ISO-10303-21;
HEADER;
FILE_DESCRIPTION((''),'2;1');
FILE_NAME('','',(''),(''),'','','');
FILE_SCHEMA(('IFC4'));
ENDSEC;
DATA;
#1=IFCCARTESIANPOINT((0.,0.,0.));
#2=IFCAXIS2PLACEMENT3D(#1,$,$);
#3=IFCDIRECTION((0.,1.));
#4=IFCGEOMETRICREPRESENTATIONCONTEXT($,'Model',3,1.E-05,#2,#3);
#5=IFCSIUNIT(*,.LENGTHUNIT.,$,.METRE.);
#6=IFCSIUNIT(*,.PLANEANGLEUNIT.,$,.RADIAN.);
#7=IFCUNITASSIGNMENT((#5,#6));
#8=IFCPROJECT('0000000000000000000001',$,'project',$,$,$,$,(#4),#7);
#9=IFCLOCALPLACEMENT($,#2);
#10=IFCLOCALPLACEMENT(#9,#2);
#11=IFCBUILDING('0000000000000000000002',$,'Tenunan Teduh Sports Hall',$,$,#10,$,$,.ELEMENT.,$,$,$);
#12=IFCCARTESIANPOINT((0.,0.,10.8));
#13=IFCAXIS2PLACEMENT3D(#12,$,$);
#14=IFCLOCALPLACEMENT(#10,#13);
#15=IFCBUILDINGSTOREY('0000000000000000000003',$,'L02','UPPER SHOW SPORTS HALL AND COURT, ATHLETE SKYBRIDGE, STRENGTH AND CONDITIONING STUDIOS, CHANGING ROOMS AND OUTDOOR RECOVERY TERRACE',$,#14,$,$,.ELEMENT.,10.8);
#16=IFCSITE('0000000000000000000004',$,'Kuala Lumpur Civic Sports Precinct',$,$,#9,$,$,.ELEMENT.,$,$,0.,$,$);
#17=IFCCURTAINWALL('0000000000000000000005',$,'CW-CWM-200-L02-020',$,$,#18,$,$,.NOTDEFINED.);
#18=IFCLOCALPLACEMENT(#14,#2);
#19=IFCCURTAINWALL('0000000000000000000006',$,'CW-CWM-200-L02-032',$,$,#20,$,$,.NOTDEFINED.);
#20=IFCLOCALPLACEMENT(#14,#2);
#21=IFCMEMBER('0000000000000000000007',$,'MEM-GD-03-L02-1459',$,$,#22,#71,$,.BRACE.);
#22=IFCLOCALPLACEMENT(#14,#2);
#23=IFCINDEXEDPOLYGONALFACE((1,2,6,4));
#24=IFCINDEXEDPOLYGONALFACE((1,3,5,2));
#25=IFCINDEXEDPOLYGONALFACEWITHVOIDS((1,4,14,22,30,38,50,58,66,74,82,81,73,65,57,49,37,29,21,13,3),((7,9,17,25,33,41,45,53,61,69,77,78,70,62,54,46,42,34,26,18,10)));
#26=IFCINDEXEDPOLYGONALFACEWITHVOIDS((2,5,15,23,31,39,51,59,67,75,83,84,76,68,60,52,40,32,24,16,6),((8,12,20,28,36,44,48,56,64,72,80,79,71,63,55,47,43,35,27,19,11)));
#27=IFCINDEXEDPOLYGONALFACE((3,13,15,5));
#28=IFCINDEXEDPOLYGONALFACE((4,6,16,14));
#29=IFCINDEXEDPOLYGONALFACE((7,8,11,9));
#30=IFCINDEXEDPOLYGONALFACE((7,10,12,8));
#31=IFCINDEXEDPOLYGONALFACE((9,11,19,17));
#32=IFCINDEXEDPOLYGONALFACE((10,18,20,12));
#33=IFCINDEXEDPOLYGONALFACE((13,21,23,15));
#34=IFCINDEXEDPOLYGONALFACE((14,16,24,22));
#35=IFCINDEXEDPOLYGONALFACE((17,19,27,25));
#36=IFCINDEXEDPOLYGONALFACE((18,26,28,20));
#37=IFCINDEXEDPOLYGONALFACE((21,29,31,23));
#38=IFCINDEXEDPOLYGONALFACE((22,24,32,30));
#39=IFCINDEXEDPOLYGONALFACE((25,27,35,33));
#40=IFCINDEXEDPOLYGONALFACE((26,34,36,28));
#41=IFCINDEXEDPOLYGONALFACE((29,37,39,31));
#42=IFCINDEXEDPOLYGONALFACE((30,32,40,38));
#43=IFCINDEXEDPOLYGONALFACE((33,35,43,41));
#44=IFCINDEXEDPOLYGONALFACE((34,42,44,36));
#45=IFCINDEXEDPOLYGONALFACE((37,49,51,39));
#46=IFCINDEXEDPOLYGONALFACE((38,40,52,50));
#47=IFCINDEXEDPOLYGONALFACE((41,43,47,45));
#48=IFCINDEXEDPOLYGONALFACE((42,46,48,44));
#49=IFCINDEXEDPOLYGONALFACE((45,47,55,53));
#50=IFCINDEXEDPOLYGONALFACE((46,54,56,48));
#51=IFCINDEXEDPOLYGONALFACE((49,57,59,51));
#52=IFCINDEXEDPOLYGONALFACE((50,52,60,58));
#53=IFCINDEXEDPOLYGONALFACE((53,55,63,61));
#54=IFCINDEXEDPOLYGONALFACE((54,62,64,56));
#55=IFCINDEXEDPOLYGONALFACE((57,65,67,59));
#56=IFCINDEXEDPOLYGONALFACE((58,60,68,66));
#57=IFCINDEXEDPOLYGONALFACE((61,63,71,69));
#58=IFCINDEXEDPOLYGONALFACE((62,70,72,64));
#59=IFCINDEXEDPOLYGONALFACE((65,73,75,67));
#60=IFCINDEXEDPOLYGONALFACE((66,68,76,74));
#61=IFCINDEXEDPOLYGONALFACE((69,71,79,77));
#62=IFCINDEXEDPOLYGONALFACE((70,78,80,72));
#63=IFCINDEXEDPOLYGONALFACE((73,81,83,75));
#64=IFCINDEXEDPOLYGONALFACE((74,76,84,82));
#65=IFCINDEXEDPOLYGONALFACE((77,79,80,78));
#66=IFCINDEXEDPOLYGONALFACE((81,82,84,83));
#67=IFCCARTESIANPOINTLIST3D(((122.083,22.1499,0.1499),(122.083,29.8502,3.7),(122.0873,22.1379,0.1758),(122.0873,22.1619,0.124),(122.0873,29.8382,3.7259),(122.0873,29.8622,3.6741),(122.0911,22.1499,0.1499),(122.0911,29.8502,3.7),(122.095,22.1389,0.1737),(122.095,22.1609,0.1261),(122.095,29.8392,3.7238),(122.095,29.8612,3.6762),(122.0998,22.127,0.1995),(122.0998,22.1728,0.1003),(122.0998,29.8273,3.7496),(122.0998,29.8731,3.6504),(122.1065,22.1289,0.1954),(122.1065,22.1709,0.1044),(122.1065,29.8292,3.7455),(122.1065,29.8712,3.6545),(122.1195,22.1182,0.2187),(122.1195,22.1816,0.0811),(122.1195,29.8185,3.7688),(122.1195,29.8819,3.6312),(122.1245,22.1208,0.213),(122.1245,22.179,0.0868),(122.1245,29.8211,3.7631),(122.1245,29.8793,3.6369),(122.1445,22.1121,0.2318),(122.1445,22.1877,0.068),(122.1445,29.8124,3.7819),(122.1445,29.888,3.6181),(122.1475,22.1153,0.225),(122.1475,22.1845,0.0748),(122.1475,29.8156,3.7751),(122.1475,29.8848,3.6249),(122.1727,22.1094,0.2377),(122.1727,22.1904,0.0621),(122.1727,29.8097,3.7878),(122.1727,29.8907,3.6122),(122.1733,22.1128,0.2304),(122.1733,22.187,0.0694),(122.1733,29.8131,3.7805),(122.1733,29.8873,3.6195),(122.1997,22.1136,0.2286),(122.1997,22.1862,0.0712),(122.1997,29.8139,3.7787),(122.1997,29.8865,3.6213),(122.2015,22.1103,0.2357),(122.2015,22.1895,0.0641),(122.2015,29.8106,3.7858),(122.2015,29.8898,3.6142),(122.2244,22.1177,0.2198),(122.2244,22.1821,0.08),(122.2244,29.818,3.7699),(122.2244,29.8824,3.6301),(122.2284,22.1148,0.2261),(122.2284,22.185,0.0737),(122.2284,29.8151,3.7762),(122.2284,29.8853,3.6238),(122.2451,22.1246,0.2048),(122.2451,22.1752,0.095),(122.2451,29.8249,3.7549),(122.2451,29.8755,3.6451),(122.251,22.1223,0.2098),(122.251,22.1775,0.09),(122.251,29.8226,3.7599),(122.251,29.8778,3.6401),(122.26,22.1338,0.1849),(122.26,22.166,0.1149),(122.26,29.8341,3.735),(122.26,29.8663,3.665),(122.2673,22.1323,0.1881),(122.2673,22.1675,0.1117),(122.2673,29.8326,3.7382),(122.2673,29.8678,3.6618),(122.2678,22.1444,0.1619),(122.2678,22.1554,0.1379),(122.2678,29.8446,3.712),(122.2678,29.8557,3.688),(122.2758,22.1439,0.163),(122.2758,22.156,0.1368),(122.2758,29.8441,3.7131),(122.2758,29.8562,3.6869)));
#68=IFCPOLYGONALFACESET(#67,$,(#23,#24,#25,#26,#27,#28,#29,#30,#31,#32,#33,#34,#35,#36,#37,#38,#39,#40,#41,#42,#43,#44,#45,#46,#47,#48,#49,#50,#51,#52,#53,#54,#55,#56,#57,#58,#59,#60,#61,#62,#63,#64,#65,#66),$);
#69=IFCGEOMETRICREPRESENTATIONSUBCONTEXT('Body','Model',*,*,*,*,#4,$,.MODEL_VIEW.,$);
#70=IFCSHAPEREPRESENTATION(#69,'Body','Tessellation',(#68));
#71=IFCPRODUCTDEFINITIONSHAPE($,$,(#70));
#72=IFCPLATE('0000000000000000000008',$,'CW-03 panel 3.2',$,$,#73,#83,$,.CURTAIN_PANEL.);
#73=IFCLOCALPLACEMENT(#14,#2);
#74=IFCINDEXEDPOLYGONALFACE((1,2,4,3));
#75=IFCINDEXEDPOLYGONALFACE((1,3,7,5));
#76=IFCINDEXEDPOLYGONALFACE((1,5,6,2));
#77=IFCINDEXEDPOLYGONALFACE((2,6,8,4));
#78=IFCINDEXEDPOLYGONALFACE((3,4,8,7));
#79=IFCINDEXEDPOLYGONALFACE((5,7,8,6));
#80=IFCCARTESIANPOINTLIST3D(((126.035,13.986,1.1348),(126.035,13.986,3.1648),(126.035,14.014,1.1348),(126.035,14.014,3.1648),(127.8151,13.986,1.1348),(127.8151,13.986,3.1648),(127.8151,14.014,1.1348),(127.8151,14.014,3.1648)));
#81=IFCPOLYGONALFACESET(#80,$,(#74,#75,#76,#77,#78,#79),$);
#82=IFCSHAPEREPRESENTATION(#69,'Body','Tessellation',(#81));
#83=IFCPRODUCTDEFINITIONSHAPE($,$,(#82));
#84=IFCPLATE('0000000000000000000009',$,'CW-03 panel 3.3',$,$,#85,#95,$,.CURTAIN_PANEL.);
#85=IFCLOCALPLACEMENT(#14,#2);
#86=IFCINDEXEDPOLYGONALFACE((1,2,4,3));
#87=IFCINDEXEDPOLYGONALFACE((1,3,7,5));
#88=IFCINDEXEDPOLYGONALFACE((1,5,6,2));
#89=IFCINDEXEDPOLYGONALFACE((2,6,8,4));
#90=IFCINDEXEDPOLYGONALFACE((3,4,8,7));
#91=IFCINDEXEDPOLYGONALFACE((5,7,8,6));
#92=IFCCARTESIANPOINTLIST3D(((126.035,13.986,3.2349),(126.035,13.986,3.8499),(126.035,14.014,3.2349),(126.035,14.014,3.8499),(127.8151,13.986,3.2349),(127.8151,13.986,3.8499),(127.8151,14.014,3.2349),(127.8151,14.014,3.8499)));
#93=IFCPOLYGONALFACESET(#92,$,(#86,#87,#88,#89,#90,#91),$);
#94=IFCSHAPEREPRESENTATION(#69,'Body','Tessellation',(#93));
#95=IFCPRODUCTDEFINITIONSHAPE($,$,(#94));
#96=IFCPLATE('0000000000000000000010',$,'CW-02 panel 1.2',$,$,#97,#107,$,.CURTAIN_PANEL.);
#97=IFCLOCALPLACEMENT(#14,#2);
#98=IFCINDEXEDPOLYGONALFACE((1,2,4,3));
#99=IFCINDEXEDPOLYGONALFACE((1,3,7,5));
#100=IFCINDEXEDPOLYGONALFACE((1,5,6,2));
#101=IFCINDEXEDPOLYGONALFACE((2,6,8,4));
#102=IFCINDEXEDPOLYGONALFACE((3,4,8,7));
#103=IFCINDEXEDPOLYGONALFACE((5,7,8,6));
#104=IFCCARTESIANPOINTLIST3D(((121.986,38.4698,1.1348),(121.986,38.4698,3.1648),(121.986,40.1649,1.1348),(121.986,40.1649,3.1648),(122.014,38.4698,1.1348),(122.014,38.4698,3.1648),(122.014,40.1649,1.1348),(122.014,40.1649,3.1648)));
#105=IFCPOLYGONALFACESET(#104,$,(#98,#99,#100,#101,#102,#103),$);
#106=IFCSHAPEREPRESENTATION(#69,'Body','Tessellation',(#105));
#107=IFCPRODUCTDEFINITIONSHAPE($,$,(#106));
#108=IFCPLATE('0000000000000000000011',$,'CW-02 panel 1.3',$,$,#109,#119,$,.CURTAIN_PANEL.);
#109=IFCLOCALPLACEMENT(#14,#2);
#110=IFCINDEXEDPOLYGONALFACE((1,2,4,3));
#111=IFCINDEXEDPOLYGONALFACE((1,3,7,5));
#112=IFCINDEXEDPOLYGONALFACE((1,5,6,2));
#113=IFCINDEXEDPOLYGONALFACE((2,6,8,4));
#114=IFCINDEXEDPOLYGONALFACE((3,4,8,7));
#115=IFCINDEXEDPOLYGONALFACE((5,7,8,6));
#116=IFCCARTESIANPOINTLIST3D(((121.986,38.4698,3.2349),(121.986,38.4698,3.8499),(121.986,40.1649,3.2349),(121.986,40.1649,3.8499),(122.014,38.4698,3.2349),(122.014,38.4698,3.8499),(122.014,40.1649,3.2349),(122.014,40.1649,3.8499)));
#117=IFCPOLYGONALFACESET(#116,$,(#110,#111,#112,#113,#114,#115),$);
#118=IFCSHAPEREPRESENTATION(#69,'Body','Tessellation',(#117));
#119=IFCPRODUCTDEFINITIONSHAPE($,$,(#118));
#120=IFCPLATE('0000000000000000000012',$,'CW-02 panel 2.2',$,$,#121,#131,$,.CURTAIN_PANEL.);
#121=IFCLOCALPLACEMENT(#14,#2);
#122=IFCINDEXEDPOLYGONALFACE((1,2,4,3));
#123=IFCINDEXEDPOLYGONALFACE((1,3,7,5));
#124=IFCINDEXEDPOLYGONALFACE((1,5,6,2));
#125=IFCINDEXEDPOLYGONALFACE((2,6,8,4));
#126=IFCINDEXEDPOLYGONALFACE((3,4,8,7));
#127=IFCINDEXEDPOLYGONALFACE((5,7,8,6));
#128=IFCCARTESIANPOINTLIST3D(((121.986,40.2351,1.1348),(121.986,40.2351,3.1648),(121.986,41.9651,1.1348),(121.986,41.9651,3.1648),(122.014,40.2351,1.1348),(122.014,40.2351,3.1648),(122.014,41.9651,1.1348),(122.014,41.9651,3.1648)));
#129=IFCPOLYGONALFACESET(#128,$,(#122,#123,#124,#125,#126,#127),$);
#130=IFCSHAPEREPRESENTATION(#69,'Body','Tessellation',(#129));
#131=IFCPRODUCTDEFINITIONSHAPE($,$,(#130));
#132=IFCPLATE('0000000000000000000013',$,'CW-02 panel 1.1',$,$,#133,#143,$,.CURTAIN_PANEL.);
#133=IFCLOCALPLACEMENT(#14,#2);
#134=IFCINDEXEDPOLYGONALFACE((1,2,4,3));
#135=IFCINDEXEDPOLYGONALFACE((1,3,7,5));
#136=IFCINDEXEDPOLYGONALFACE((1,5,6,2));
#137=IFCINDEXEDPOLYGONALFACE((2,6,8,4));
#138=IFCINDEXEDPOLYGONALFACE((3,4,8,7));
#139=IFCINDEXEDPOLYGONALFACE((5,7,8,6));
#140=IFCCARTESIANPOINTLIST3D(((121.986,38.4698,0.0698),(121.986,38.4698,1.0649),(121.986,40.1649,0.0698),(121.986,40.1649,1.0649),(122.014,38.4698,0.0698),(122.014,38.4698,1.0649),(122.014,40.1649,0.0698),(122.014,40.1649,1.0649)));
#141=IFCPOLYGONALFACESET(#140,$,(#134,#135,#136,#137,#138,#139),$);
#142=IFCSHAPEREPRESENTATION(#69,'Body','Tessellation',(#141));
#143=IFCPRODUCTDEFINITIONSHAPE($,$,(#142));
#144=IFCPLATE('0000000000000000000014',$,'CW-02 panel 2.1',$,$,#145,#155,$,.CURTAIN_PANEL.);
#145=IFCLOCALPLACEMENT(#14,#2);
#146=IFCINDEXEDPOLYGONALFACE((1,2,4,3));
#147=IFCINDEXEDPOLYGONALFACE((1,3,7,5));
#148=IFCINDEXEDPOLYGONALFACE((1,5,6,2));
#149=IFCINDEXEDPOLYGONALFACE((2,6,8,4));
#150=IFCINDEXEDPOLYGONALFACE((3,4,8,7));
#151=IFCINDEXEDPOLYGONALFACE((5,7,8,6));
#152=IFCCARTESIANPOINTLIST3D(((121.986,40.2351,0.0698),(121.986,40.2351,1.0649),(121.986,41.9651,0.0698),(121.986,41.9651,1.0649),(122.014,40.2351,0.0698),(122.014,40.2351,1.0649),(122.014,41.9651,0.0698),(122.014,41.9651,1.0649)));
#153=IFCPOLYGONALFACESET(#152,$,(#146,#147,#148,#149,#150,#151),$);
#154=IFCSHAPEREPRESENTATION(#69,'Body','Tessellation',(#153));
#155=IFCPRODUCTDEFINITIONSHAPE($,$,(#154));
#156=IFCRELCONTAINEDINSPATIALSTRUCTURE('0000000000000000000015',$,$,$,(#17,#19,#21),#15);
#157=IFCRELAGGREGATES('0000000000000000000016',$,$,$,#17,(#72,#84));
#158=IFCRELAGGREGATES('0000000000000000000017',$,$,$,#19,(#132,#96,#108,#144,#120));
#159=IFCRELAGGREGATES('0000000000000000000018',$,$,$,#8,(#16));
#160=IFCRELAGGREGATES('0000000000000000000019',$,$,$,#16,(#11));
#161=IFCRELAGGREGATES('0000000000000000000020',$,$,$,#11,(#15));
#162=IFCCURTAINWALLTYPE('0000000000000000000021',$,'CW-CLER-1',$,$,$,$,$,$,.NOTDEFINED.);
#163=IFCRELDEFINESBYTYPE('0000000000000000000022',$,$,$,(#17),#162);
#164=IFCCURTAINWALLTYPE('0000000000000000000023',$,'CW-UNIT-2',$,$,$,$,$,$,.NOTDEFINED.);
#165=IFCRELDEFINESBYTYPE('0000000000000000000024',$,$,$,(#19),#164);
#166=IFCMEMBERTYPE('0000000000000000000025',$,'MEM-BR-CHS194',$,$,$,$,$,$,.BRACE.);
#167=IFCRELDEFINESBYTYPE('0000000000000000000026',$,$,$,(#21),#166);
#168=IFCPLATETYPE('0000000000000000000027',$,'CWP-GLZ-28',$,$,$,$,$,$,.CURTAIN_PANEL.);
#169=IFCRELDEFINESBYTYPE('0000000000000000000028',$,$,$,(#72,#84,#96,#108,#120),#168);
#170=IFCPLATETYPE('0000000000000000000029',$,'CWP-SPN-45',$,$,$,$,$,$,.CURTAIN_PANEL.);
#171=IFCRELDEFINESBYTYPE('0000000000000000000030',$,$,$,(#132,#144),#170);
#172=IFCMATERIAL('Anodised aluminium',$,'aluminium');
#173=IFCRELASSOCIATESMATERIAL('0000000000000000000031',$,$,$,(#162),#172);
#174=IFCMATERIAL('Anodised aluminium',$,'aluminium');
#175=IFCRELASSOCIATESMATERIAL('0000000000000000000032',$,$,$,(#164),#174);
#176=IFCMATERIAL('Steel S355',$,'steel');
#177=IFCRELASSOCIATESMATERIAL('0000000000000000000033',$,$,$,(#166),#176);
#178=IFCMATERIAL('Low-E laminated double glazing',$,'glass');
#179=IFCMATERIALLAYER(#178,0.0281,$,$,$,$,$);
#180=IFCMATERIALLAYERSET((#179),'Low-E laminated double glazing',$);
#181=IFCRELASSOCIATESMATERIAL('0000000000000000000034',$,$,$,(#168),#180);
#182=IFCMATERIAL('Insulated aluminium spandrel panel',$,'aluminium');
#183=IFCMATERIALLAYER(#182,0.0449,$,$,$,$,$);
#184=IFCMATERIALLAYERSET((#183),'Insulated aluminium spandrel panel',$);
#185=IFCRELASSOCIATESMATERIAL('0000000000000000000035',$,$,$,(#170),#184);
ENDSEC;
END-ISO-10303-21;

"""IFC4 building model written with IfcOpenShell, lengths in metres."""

from ifc_helpers import new_model, si_unit, direction, frame, origin, origin_2d, place, context, subcontext, project, spatial, rectangle, hollow_circle, extrude, material, layer, layer_set, material_profile, profile_set, type_object, element, aggregate, save


model = new_model("IFC4")

# Units and contexts
model_context = context("Model", 3, precision=1e-05, world=origin(), true_north=direction((0.0, 1.0)))
body_context = subcontext(model_context, "Body", "Model", "MODEL_VIEW")
ifc_project = project(units=[si_unit("LENGTHUNIT", "METRE"), si_unit("PLANEANGLEUNIT", "RADIAN")], contexts=[model_context])

# Site, building, storey
site_placement = place(None, origin())
site = spatial("IfcSite", under=ifc_project, at=site_placement, Name="Kuala Lumpur Civic Sports Precinct", CompositionType="ELEMENT", RefElevation=0.0)
building_placement = place(site_placement, origin())
building = spatial("IfcBuilding", under=site, at=building_placement, Name="Tenunan Teduh Sports Hall", CompositionType="ELEMENT")
storey_placement = place(building_placement, frame((0.0, 0.0, 10.8)))
storey = spatial("IfcBuildingStorey", under=building, at=storey_placement, Name="L02", Description="UPPER SHOW SPORTS HALL AND COURT, ATHLETE SKYBRIDGE, STRENGTH AND CONDITIONING STUDIOS, CHANGING ROOMS AND OUTDOOR RECOVERY TERRACE", CompositionType="ELEMENT", Elevation=10.8)

# Curtain wall
ifc_material_1 = material(Name="Anodised aluminium", Category="aluminium")
curtain_wall_type_1 = type_object("IfcCurtainWallType", Name="CW-CLER-1", PredefinedType="NOTDEFINED", material=ifc_material_1)
curtain_wall_1_placement = place(storey_placement, origin())
curtain_wall_1 = element("IfcCurtainWall", 1, at=curtain_wall_1_placement, inside=storey, type_object=curtain_wall_type_1, Name="CW-CWM-200-L02-020", PredefinedType="NOTDEFINED")

# Curtain wall
ifc_material_2 = material(Name="Anodised aluminium", Category="aluminium")
curtain_wall_type_2 = type_object("IfcCurtainWallType", Name="CW-UNIT-2", PredefinedType="NOTDEFINED", material=ifc_material_2)
curtain_wall_2_placement = place(storey_placement, origin())
curtain_wall_2 = element("IfcCurtainWall", 2, at=curtain_wall_2_placement, inside=storey, type_object=curtain_wall_type_2, Name="CW-CWM-200-L02-032", PredefinedType="NOTDEFINED")

# Member
ifc_material_3 = material(Name="Steel S355", Category="steel")
ifc_material_profile_1 = material_profile(ifc_material_3, hollow_circle(Radius=0.0969, WallThickness=0.0081, at=origin_2d()), Name="CHS 193.7x8.0")
ifc_profile_set_1 = profile_set([ifc_material_profile_1], Name="Steel S355")
member_type_1 = type_object("IfcMemberType", Name="MEM-BR-CHS194", PredefinedType="BRACE", material=ifc_profile_set_1)
member_1_placement = place(storey_placement, frame((122.1799, 22.1499, 0.1499), z_axis=(0.0, 0.908134, 0.41868), x_axis=(-1.0, 0.0, 0.0)))
element("IfcMember", 3, at=member_1_placement, inside=storey, type_object=member_type_1, Name="MEM-GD-03-L02-1459", PredefinedType="BRACE", context=body_context, shape_type="SweptSolid", body=[
    extrude(hollow_circle(Radius=0.0969, WallThickness=0.0081, at=origin_2d()), origin(), (0.0, 0.0, 1.0), 8.4792),
])

# Plates
ifc_material_4 = material(Name="Low-E laminated double glazing", Category="glass")
ifc_layer_1 = layer(ifc_material_4, 0.0281)
ifc_layer_set_1 = layer_set([ifc_layer_1], Name="Low-E laminated double glazing")
plate_type_1 = type_object("IfcPlateType", Name="CWP-GLZ-28", PredefinedType="CURTAIN_PANEL", material=ifc_layer_set_1)
plate_1_placement = place(storey_placement, frame((126.925, 14.0, 1.1348), z_axis=(0.0, 0.0, 1.0), x_axis=(1.0, 0.0, 0.0)))
plate_1 = element("IfcPlate", 4, at=plate_1_placement, type_object=plate_type_1, Name="CW-03 panel 3.2", PredefinedType="CURTAIN_PANEL", context=body_context, shape_type="SweptSolid", body=[
    extrude(rectangle(XDim=1.78, YDim=0.0281, at=origin_2d()), origin(), (0.0, 0.0, 1.0), 2.03),
])
plate_2_placement = place(storey_placement, frame((126.925, 14.0, 3.2349), z_axis=(0.0, 0.0, 1.0), x_axis=(1.0, 0.0, 0.0)))
plate_2 = element("IfcPlate", 5, at=plate_2_placement, type_object=plate_type_1, Name="CW-03 panel 3.3", PredefinedType="CURTAIN_PANEL", context=body_context, shape_type="SweptSolid", body=[
    extrude(rectangle(XDim=1.78, YDim=0.0281, at=origin_2d()), origin(), (0.0, 0.0, 1.0), 0.615),
])
aggregate(curtain_wall_1, [plate_1, plate_2])
plate_3_placement = place(storey_placement, frame((122.0, 39.3174, 1.1348), z_axis=(0.0, 0.0, 1.0), x_axis=(0.0, 1.0, 0.0)))
plate_3 = element("IfcPlate", 6, at=plate_3_placement, type_object=plate_type_1, Name="CW-02 panel 1.2", PredefinedType="CURTAIN_PANEL", context=body_context, shape_type="SweptSolid", body=[
    extrude(rectangle(XDim=1.6951, YDim=0.0281, at=origin_2d()), origin(), (0.0, 0.0, 1.0), 2.03),
])
plate_4_placement = place(storey_placement, frame((122.0, 39.3174, 3.2349), z_axis=(0.0, 0.0, 1.0), x_axis=(0.0, 1.0, 0.0)))
plate_4 = element("IfcPlate", 7, at=plate_4_placement, type_object=plate_type_1, Name="CW-02 panel 1.3", PredefinedType="CURTAIN_PANEL", context=body_context, shape_type="SweptSolid", body=[
    extrude(rectangle(XDim=1.6951, YDim=0.0281, at=origin_2d()), origin(), (0.0, 0.0, 1.0), 0.615),
])
plate_5_placement = place(storey_placement, frame((122.0, 41.1001, 1.1348), z_axis=(0.0, 0.0, 1.0), x_axis=(0.0, 1.0, 0.0)))
plate_5 = element("IfcPlate", 8, at=plate_5_placement, type_object=plate_type_1, Name="CW-02 panel 2.2", PredefinedType="CURTAIN_PANEL", context=body_context, shape_type="SweptSolid", body=[
    extrude(rectangle(XDim=1.73, YDim=0.0281, at=origin_2d()), origin(), (0.0, 0.0, 1.0), 2.03),
])
ifc_material_5 = material(Name="Insulated aluminium spandrel panel", Category="aluminium")
ifc_layer_2 = layer(ifc_material_5, 0.0449)
ifc_layer_set_2 = layer_set([ifc_layer_2], Name="Insulated aluminium spandrel panel")
plate_type_2 = type_object("IfcPlateType", Name="CWP-SPN-45", PredefinedType="CURTAIN_PANEL", material=ifc_layer_set_2)
plate_6_placement = place(storey_placement, frame((122.0, 39.3174, 0.0698), z_axis=(0.0, 0.0, 1.0), x_axis=(0.0, 1.0, 0.0)))
plate_6 = element("IfcPlate", 9, at=plate_6_placement, type_object=plate_type_2, Name="CW-02 panel 1.1", PredefinedType="CURTAIN_PANEL", context=body_context, shape_type="SweptSolid", body=[
    extrude(rectangle(XDim=1.6951, YDim=0.0281, at=origin_2d()), origin(), (0.0, 0.0, 1.0), 0.9951),
])
plate_7_placement = place(storey_placement, frame((122.0, 41.1001, 0.0698), z_axis=(0.0, 0.0, 1.0), x_axis=(0.0, 1.0, 0.0)))
plate_7 = element("IfcPlate", 10, at=plate_7_placement, type_object=plate_type_2, Name="CW-02 panel 2.1", PredefinedType="CURTAIN_PANEL", context=body_context, shape_type="SweptSolid", body=[
    extrude(rectangle(XDim=1.73, YDim=0.0281, at=origin_2d()), origin(), (0.0, 0.0, 1.0), 0.9951),
])
aggregate(curtain_wall_2, [plate_6, plate_3, plate_4, plate_7, plate_5])

save(model, "model.ifc")
